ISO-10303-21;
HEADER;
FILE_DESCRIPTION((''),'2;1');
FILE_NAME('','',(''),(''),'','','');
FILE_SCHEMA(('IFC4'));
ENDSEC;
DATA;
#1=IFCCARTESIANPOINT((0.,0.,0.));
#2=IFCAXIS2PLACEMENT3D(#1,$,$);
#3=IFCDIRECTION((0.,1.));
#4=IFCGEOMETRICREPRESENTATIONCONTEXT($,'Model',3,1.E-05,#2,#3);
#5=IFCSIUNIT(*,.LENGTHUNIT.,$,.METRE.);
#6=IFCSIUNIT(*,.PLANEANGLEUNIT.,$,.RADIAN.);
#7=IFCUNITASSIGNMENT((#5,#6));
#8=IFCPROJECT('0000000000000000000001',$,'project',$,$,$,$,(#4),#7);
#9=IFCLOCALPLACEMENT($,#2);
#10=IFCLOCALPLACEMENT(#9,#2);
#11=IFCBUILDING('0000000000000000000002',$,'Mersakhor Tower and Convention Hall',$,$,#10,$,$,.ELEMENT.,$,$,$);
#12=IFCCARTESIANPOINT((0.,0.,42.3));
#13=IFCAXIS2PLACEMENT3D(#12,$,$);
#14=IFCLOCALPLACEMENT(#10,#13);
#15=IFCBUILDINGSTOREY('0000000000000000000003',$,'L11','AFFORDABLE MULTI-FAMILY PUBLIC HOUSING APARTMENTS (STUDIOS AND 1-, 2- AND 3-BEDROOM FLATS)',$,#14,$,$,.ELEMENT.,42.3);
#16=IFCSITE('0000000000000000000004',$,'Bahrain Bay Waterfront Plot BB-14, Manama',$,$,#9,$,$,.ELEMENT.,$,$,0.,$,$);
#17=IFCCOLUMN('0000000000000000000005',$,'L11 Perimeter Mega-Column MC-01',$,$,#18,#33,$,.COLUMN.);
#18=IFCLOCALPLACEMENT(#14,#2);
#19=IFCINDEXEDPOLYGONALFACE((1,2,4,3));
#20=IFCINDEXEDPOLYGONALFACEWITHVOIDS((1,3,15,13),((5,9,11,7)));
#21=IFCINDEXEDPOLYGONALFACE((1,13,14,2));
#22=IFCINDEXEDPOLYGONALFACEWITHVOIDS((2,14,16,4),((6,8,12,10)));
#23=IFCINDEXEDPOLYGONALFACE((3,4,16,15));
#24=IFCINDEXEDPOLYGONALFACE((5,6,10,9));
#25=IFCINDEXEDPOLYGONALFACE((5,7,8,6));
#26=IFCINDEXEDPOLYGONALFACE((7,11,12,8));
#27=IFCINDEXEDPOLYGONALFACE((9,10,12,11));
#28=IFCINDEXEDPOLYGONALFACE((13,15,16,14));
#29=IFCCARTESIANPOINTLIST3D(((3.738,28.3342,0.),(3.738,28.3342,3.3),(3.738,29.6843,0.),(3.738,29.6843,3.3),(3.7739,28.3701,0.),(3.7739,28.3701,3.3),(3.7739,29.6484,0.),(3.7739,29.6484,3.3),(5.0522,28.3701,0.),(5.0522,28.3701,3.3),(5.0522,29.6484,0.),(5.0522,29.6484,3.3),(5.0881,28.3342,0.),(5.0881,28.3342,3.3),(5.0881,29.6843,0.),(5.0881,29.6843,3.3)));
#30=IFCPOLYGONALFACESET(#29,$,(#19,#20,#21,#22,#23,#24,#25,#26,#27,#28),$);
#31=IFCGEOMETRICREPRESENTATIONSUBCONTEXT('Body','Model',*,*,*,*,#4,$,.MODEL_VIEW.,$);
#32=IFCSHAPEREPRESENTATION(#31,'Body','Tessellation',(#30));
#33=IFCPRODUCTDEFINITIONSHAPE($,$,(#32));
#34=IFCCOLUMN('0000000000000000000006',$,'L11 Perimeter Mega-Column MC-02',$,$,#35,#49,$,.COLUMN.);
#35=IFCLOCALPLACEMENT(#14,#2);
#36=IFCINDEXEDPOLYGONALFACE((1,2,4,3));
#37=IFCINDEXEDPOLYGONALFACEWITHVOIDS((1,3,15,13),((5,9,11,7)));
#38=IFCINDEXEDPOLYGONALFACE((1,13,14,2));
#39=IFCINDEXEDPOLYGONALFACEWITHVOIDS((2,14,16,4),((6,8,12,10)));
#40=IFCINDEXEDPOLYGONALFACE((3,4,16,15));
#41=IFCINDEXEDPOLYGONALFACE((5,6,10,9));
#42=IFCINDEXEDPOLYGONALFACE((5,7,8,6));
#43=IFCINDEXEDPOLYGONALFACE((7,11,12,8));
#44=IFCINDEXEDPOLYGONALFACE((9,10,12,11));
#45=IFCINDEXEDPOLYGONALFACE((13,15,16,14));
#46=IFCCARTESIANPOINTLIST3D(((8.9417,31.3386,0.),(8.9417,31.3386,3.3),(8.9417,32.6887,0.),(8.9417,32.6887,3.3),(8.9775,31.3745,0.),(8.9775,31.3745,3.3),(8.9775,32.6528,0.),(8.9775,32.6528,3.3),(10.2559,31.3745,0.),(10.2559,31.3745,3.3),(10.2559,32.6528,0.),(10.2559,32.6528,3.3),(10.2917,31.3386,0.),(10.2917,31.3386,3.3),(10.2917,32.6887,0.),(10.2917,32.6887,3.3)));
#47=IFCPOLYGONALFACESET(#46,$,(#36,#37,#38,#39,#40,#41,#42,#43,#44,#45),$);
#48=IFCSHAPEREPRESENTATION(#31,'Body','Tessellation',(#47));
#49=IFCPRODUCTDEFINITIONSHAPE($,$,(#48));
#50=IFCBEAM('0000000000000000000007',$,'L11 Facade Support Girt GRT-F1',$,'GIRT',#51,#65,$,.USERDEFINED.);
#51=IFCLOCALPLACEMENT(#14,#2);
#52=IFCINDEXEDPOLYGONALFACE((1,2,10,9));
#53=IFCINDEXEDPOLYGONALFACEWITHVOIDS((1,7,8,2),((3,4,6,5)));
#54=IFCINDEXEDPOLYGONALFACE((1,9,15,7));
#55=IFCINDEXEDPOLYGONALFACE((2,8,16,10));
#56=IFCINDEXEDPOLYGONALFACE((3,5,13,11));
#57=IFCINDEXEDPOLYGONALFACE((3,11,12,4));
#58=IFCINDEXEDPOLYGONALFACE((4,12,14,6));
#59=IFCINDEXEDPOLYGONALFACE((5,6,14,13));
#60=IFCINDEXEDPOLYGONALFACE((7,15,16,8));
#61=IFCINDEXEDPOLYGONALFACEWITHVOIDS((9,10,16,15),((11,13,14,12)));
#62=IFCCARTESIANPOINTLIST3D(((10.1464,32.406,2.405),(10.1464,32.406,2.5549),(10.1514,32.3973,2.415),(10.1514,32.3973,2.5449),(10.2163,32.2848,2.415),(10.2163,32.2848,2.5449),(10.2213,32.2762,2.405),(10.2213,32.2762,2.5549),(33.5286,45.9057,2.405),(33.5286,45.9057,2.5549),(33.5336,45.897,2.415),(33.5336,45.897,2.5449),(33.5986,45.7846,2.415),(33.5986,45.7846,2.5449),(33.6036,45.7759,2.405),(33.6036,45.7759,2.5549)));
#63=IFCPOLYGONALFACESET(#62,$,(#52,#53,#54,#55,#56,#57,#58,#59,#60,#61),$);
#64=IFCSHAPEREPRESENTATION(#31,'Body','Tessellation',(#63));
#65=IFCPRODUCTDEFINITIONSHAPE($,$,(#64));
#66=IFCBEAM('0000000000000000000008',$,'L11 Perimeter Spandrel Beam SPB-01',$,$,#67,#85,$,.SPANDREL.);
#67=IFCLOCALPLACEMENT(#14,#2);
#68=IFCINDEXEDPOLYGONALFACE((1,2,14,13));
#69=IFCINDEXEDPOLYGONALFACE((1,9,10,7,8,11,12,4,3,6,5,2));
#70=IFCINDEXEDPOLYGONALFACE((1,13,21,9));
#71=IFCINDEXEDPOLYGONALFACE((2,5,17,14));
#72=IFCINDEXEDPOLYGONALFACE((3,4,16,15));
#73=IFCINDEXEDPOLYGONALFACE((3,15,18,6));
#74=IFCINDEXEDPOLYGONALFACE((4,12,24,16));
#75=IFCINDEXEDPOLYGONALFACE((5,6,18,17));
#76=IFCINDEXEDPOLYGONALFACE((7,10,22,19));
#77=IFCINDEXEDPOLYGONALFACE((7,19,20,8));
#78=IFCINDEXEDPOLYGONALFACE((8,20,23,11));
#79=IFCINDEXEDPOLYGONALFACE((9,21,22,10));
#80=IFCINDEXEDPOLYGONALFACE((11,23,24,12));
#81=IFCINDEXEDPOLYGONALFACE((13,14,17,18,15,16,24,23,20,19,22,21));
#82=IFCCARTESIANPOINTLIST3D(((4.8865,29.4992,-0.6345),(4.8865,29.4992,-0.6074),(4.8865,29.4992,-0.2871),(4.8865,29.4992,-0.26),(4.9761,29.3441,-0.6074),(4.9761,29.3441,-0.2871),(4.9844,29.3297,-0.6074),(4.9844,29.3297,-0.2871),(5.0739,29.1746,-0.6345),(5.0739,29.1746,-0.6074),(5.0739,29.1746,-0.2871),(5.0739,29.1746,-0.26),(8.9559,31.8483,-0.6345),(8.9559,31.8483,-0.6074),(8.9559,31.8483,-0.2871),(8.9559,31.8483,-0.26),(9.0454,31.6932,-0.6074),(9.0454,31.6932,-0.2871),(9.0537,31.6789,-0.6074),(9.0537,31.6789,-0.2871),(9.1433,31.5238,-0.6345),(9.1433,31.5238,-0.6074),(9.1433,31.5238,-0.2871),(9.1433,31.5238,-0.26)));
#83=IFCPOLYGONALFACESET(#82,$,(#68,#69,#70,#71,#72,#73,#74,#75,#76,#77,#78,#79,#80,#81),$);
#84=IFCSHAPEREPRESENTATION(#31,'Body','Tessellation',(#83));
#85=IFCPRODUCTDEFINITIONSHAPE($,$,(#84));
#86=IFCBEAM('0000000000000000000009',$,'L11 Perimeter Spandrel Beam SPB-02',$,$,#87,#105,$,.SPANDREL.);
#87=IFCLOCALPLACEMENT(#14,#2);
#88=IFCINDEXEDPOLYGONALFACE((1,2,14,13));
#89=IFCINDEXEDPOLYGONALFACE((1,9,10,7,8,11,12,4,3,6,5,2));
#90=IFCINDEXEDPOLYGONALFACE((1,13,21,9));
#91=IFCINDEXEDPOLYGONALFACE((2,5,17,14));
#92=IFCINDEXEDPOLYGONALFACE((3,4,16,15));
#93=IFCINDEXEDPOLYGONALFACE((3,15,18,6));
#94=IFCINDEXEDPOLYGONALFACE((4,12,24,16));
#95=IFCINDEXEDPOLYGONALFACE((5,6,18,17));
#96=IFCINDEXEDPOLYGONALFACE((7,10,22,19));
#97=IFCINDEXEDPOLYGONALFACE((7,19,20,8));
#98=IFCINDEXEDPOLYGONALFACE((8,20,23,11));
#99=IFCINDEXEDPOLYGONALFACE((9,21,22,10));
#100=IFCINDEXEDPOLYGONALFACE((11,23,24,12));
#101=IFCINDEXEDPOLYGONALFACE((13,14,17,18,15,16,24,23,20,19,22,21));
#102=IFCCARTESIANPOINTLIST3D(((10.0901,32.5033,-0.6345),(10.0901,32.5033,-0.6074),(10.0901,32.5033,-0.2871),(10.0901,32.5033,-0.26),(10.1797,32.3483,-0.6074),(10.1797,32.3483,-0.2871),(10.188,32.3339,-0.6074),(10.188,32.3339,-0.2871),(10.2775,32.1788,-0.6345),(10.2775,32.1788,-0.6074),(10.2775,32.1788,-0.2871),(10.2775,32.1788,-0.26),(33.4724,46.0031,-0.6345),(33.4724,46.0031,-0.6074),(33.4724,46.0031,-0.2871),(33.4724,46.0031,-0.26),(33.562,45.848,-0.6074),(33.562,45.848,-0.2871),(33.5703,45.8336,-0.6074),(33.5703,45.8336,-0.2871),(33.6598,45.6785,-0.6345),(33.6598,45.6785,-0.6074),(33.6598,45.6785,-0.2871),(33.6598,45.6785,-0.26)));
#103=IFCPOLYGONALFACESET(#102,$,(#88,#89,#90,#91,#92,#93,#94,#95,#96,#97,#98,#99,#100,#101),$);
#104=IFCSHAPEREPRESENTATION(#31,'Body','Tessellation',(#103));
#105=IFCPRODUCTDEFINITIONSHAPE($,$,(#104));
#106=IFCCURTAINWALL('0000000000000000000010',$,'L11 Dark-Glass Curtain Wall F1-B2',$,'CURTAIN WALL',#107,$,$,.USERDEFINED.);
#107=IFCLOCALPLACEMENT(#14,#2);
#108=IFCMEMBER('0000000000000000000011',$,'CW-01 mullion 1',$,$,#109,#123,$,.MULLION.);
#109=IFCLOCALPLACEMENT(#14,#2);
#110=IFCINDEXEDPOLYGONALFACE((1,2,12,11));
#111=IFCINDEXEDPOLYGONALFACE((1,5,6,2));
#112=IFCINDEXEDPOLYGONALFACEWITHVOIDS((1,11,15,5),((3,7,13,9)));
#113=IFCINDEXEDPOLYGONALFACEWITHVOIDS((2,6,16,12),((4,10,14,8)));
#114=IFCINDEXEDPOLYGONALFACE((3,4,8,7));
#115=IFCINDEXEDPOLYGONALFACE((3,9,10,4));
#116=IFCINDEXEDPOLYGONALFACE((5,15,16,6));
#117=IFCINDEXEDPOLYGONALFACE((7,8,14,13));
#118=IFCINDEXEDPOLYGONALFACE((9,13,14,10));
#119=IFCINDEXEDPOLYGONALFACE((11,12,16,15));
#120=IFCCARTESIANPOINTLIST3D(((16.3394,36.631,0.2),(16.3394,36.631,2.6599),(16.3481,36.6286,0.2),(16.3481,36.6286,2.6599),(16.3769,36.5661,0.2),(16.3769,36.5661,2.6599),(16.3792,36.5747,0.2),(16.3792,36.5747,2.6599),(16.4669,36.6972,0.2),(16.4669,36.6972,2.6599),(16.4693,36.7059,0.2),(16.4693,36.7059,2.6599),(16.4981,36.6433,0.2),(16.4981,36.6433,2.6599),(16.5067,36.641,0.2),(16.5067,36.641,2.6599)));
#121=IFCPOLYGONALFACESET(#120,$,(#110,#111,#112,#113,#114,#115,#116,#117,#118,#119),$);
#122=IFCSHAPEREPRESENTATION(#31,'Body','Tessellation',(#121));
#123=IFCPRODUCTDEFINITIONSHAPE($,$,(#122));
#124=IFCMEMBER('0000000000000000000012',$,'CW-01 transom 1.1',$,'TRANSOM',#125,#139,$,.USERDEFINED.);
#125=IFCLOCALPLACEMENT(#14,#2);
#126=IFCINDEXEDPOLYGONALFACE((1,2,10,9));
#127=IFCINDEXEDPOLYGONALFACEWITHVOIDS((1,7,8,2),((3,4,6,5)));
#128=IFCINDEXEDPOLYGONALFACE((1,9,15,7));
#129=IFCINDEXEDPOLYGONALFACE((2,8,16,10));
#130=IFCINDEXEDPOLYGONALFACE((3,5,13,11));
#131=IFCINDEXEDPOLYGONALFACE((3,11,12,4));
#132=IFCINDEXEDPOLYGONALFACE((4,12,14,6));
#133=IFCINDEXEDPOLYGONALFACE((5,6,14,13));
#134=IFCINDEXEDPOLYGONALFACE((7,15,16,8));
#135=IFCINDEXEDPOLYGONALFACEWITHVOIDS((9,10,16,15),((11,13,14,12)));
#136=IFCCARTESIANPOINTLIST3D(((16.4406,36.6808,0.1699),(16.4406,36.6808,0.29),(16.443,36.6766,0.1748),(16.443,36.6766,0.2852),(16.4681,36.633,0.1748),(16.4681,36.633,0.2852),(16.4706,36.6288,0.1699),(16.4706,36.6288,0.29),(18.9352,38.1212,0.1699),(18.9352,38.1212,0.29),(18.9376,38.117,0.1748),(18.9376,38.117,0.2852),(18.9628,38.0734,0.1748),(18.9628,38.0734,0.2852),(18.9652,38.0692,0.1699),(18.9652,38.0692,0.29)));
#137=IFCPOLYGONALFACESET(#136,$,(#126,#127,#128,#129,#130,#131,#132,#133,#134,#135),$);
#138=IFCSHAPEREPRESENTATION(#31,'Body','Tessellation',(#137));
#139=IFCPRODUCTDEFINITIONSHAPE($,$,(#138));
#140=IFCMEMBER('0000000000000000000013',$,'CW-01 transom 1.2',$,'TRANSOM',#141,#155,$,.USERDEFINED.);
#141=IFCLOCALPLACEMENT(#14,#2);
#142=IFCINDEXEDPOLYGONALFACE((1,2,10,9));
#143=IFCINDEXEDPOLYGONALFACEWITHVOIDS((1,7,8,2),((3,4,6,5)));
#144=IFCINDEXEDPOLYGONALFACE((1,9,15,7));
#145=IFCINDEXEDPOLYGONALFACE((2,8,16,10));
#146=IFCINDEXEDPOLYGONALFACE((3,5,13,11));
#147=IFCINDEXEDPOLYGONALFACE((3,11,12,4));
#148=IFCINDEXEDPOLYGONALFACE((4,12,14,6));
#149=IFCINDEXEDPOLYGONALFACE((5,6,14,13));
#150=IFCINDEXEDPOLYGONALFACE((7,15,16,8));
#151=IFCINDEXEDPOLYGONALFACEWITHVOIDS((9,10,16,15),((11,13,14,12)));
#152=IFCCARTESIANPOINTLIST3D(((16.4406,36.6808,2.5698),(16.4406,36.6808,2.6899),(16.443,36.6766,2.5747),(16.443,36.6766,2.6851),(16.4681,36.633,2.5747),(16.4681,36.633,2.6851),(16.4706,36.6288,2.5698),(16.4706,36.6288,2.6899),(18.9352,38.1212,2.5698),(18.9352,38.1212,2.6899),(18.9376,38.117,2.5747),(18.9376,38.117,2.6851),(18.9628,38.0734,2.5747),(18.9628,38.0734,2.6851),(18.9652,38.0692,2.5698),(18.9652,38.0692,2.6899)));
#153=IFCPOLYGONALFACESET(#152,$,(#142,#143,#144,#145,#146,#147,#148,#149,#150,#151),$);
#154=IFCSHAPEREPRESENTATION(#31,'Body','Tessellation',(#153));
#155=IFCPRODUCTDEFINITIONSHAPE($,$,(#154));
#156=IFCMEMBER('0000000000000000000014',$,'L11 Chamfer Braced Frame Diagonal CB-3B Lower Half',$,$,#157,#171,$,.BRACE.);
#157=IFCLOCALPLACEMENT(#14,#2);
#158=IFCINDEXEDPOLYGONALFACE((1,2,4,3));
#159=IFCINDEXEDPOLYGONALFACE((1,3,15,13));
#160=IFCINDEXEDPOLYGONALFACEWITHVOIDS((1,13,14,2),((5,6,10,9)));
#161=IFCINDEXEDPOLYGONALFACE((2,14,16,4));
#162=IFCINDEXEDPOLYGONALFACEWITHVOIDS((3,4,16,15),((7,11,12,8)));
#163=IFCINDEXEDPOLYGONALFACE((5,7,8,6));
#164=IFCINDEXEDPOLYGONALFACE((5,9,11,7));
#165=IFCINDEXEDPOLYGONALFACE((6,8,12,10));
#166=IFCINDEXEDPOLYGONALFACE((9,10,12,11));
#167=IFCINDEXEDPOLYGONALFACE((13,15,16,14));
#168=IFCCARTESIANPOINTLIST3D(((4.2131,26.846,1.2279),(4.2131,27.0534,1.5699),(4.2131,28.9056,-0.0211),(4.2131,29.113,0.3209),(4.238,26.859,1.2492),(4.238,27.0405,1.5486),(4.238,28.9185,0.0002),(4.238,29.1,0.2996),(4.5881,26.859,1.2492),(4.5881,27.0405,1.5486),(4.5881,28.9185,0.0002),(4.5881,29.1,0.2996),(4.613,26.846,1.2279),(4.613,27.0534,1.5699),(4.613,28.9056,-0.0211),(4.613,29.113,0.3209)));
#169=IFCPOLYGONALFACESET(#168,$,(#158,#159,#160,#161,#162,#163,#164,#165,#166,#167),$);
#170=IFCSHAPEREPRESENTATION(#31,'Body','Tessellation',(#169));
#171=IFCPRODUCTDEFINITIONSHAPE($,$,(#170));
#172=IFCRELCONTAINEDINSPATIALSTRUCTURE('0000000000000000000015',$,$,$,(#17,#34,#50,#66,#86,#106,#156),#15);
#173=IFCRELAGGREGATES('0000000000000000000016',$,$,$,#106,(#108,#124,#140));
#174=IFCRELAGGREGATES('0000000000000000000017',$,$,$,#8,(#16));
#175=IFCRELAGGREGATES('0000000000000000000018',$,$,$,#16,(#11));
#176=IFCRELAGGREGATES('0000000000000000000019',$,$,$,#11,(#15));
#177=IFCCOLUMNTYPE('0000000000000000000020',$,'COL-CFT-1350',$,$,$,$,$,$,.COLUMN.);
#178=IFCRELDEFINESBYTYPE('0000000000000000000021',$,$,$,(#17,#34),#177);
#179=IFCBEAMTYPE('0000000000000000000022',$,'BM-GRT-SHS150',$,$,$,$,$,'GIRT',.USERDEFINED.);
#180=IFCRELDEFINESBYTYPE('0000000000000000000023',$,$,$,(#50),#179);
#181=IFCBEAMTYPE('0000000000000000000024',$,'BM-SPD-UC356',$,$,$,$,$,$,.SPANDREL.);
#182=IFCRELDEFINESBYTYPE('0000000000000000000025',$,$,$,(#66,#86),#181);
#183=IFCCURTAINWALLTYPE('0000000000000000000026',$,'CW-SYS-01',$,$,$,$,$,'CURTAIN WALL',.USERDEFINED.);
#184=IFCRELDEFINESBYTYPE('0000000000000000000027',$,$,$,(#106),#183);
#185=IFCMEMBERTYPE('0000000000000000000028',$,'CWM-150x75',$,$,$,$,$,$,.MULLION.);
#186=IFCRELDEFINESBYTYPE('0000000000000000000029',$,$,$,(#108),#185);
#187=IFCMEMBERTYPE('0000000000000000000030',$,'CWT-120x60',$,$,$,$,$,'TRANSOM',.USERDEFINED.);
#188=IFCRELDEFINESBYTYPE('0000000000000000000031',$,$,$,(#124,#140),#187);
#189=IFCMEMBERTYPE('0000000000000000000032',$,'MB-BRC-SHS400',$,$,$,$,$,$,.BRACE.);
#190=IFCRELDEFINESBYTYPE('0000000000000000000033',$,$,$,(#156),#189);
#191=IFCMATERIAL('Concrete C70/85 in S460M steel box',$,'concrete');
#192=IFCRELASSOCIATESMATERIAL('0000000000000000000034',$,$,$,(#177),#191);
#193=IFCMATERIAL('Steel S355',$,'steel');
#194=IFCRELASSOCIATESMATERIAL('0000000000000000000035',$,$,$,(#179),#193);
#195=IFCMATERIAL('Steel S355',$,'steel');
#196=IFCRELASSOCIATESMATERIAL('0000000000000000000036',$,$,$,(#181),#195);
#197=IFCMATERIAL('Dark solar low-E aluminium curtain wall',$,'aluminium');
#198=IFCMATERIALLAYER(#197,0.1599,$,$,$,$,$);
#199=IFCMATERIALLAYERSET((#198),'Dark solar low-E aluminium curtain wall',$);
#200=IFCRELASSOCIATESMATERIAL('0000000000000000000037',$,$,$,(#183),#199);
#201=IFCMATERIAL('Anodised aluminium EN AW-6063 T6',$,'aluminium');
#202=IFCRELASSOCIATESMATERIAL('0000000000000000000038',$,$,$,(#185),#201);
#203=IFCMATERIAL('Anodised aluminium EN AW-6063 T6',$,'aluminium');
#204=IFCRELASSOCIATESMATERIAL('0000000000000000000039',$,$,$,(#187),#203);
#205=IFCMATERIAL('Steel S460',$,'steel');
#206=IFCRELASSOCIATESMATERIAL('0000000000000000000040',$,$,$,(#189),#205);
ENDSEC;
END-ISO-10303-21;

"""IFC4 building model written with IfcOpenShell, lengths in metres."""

from ifc_helpers import new_model, si_unit, direction, frame, origin, origin_2d, place, context, subcontext, project, spatial, hollow_rectangle, i_section, extrude, material, layer, layer_set, material_profile, profile_set, type_object, element, aggregate, save


model = new_model("IFC4")

# Units and contexts
model_context = context("Model", 3, precision=1e-05, world=origin(), true_north=direction((0.0, 1.0)))
body_context = subcontext(model_context, "Body", "Model", "MODEL_VIEW")
ifc_project = project(units=[si_unit("LENGTHUNIT", "METRE"), si_unit("PLANEANGLEUNIT", "RADIAN")], contexts=[model_context])

# Site, building, storey
site_placement = place(None, origin())
site = spatial("IfcSite", under=ifc_project, at=site_placement, Name="Bahrain Bay Waterfront Plot BB-14, Manama", CompositionType="ELEMENT", RefElevation=0.0)
building_placement = place(site_placement, origin())
building = spatial("IfcBuilding", under=site, at=building_placement, Name="Mersakhor Tower and Convention Hall", CompositionType="ELEMENT")
storey_placement = place(building_placement, frame((0.0, 0.0, 42.3)))
storey = spatial("IfcBuildingStorey", under=building, at=storey_placement, Name="L11", Description="AFFORDABLE MULTI-FAMILY PUBLIC HOUSING APARTMENTS (STUDIOS AND 1-, 2- AND 3-BEDROOM FLATS)", CompositionType="ELEMENT", Elevation=42.3)

# Columns
ifc_material_1 = material(Name="Concrete C70/85 in S460M steel box", Category="concrete")
ifc_material_profile_1 = material_profile(ifc_material_1, hollow_rectangle(XDim=1.3501, YDim=1.3501, WallThickness=0.0359, at=origin_2d()), Name="SHS 1350x1350x36")
ifc_profile_set_1 = profile_set([ifc_material_profile_1], Name="Concrete C70/85 in S460M steel box")
column_type = type_object("IfcColumnType", Name="COL-CFT-1350", PredefinedType="COLUMN", material=ifc_profile_set_1)
for number, where, z_axis, x_axis, name in (
    (1, (4.4131, 29.0093, 0.0), (0.0, 0.0, 1.0), (1.0, 0.0, 0.0), "L11 Perimeter Mega-Column MC-01"),
    (2, (9.6167, 32.0137, 0.0), (0.0, 0.0, 1.0), (1.0, 0.0, 0.0), "L11 Perimeter Mega-Column MC-02"),
):
    element("IfcColumn", number, at=place(storey_placement, frame(where, z_axis=z_axis, x_axis=x_axis)), inside=storey, type_object=column_type, Name=name, PredefinedType="COLUMN", context=body_context, shape_type="SweptSolid", body=[
        extrude(hollow_rectangle(XDim=1.3501, YDim=1.3501, WallThickness=0.0359, at=origin_2d()), origin(), (0.0, 0.0, 1.0), 3.3),
    ])

# Beams
ifc_material_2 = material(Name="Steel S355", Category="steel")
ifc_material_profile_2 = material_profile(ifc_material_2, hollow_rectangle(XDim=0.1499, YDim=0.1499, WallThickness=0.01, at=origin_2d()), Name="SHS 150x150x10")
ifc_profile_set_2 = profile_set([ifc_material_profile_2], Name="Steel S355")
beam_type_1 = type_object("IfcBeamType", Name="BM-GRT-SHS150", ElementType="GIRT", PredefinedType="USERDEFINED", material=ifc_profile_set_2)
beam_1_placement = place(storey_placement, frame((10.1838, 32.3411, 2.48), z_axis=(0.866026, 0.499999, 0.0), x_axis=(-0.499999, 0.866026, 0.0)))
element("IfcBeam", 3, at=beam_1_placement, inside=storey, type_object=beam_type_1, Name="L11 Facade Support Girt GRT-F1", ObjectType="GIRT", PredefinedType="USERDEFINED", context=body_context, shape_type="SweptSolid", body=[
    extrude(hollow_rectangle(XDim=0.1499, YDim=0.1499, WallThickness=0.01, at=origin_2d()), origin(), (0.0, 0.0, 1.0), 26.9995),
])
ifc_material_3 = material(Name="Steel S355", Category="steel")
ifc_material_profile_3 = material_profile(ifc_material_3, i_section(OverallWidth=0.3748, OverallDepth=0.3745, WebThickness=0.0166, FlangeThickness=0.0271, at=origin_2d()), Name="UC 356x368x202")
ifc_profile_set_3 = profile_set([ifc_material_profile_3], Name="Steel S355")
beam_type_2 = type_object("IfcBeamType", Name="BM-SPD-UC356", PredefinedType="SPANDREL", material=ifc_profile_set_3)
beam_2_placement = place(storey_placement, frame((4.9802, 29.3369, -0.4473), z_axis=(0.866054, 0.49995, 0.0), x_axis=(-0.49995, 0.866054, 0.0)))
element("IfcBeam", 4, at=beam_2_placement, inside=storey, type_object=beam_type_2, Name="L11 Perimeter Spandrel Beam SPB-01", PredefinedType="SPANDREL", context=body_context, shape_type="SweptSolid", body=[
    extrude(i_section(OverallWidth=0.3748, OverallDepth=0.3745, WebThickness=0.0166, FlangeThickness=0.0271, at=origin_2d()), origin(), (0.0, 0.0, 1.0), 4.6987),
])
beam_3_placement = place(storey_placement, frame((10.1838, 32.3411, -0.4473), z_axis=(0.866026, 0.499999, 0.0), x_axis=(-0.499999, 0.866026, 0.0)))
element("IfcBeam", 5, at=beam_3_placement, inside=storey, type_object=beam_type_2, Name="L11 Perimeter Spandrel Beam SPB-02", PredefinedType="SPANDREL", context=body_context, shape_type="SweptSolid", body=[
    extrude(i_section(OverallWidth=0.3748, OverallDepth=0.3745, WebThickness=0.0166, FlangeThickness=0.0271, at=origin_2d()), origin(), (0.0, 0.0, 1.0), 26.9995),
])

# Curtain wall, members
ifc_material_4 = material(Name="Dark solar low-E aluminium curtain wall", Category="aluminium")
ifc_layer_1 = layer(ifc_material_4, 0.1599)
ifc_layer_set_1 = layer_set([ifc_layer_1], Name="Dark solar low-E aluminium curtain wall")
curtain_wall_type = type_object("IfcCurtainWallType", Name="CW-SYS-01", ElementType="CURTAIN WALL", PredefinedType="USERDEFINED", material=ifc_layer_set_1)
curtain_wall_placement = place(storey_placement, origin())
curtain_wall = element("IfcCurtainWall", 6, at=curtain_wall_placement, inside=storey, type_object=curtain_wall_type, Name="L11 Dark-Glass Curtain Wall F1-B2", ObjectType="CURTAIN WALL", PredefinedType="USERDEFINED")
ifc_material_5 = material(Name="Anodised aluminium EN AW-6063 T6", Category="aluminium")
ifc_material_profile_4 = material_profile(ifc_material_5, hollow_rectangle(XDim=0.075, YDim=0.1499, WallThickness=0.0063, at=origin_2d()), Name="RHS 150x75x6.3")
ifc_profile_set_4 = profile_set([ifc_material_profile_4], Name="Anodised aluminium EN AW-6063 T6")
member_type_1 = type_object("IfcMemberType", Name="CWM-150x75", PredefinedType="MULLION", material=ifc_profile_set_4)
member_1_placement = place(storey_placement, frame((16.4231, 36.636, 0.2), z_axis=(0.0, 0.0, 1.0), x_axis=(-0.500003, 0.866023, 0.0)))
member_1 = element("IfcMember", 7, at=member_1_placement, type_object=member_type_1, Name="CW-01 mullion 1", PredefinedType="MULLION", context=body_context, shape_type="SweptSolid", body=[
    extrude(hollow_rectangle(XDim=0.075, YDim=0.1499, WallThickness=0.0063, at=origin_2d()), origin(), (0.0, 0.0, 1.0), 2.46),
])
ifc_material_6 = material(Name="Anodised aluminium EN AW-6063 T6", Category="aluminium")
ifc_material_profile_5 = material_profile(ifc_material_6, hollow_rectangle(XDim=0.0601, YDim=0.1201, WallThickness=0.0049, at=origin_2d()), Name="RHS 120x60x5")
ifc_profile_set_5 = profile_set([ifc_material_profile_5], Name="Anodised aluminium EN AW-6063 T6")
member_type_2 = type_object("IfcMemberType", Name="CWT-120x60", ElementType="TRANSOM", PredefinedType="USERDEFINED", material=ifc_profile_set_5)
member_2_placement = place(storey_placement, frame((16.4556, 36.6548, 0.23), z_axis=(0.866002, 0.50004, 0.0), x_axis=(-0.50004, 0.866002, 0.0)))
member_2 = element("IfcMember", 8, at=member_2_placement, type_object=member_type_2, Name="CW-01 transom 1.1", ObjectType="TRANSOM", PredefinedType="USERDEFINED", context=body_context, shape_type="SweptSolid", body=[
    extrude(hollow_rectangle(XDim=0.0601, YDim=0.1201, WallThickness=0.0049, at=origin_2d()), origin(), (0.0, 0.0, 1.0), 2.8806),
])
member_3_placement = place(storey_placement, frame((16.4556, 36.6548, 2.6299), z_axis=(0.866002, 0.50004, 0.0), x_axis=(-0.50004, 0.866002, 0.0)))
member_3 = element("IfcMember", 9, at=member_3_placement, type_object=member_type_2, Name="CW-01 transom 1.2", ObjectType="TRANSOM", PredefinedType="USERDEFINED", context=body_context, shape_type="SweptSolid", body=[
    extrude(hollow_rectangle(XDim=0.0601, YDim=0.1201, WallThickness=0.0049, at=origin_2d()), origin(), (0.0, 0.0, 1.0), 2.8806),
])
aggregate(curtain_wall, [member_1, member_2, member_3])

# Member
ifc_material_7 = material(Name="Steel S460", Category="steel")
ifc_material_profile_6 = material_profile(ifc_material_7, hollow_rectangle(XDim=0.3999, YDim=0.3999, WallThickness=0.0249, at=origin_2d()), Name="SHS 400x400x25")
ifc_profile_set_6 = profile_set([ifc_material_profile_6], Name="Steel S460")
member_type_3 = type_object("IfcMemberType", Name="MB-BRC-SHS400", PredefinedType="BRACE", material=ifc_profile_set_6)
for number, where, z_axis, x_axis, name in (
    (10, (4.4131, 29.0093, 0.1499), (0.0, -0.855051, 0.518544), (1.0, 0.0, 0.0), "L11 Chamfer Braced Frame Diagonal CB-3B Lower Half"),
):
    element("IfcMember", number, at=place(storey_placement, frame(where, z_axis=z_axis, x_axis=x_axis)), inside=storey, type_object=member_type_3, Name=name, PredefinedType="BRACE", context=body_context, shape_type="SweptSolid", body=[
        extrude(hollow_rectangle(XDim=0.3999, YDim=0.3999, WallThickness=0.0249, at=origin_2d()), origin(), (0.0, 0.0, 1.0), 2.4087),
    ])

save(model, "model.ifc")
